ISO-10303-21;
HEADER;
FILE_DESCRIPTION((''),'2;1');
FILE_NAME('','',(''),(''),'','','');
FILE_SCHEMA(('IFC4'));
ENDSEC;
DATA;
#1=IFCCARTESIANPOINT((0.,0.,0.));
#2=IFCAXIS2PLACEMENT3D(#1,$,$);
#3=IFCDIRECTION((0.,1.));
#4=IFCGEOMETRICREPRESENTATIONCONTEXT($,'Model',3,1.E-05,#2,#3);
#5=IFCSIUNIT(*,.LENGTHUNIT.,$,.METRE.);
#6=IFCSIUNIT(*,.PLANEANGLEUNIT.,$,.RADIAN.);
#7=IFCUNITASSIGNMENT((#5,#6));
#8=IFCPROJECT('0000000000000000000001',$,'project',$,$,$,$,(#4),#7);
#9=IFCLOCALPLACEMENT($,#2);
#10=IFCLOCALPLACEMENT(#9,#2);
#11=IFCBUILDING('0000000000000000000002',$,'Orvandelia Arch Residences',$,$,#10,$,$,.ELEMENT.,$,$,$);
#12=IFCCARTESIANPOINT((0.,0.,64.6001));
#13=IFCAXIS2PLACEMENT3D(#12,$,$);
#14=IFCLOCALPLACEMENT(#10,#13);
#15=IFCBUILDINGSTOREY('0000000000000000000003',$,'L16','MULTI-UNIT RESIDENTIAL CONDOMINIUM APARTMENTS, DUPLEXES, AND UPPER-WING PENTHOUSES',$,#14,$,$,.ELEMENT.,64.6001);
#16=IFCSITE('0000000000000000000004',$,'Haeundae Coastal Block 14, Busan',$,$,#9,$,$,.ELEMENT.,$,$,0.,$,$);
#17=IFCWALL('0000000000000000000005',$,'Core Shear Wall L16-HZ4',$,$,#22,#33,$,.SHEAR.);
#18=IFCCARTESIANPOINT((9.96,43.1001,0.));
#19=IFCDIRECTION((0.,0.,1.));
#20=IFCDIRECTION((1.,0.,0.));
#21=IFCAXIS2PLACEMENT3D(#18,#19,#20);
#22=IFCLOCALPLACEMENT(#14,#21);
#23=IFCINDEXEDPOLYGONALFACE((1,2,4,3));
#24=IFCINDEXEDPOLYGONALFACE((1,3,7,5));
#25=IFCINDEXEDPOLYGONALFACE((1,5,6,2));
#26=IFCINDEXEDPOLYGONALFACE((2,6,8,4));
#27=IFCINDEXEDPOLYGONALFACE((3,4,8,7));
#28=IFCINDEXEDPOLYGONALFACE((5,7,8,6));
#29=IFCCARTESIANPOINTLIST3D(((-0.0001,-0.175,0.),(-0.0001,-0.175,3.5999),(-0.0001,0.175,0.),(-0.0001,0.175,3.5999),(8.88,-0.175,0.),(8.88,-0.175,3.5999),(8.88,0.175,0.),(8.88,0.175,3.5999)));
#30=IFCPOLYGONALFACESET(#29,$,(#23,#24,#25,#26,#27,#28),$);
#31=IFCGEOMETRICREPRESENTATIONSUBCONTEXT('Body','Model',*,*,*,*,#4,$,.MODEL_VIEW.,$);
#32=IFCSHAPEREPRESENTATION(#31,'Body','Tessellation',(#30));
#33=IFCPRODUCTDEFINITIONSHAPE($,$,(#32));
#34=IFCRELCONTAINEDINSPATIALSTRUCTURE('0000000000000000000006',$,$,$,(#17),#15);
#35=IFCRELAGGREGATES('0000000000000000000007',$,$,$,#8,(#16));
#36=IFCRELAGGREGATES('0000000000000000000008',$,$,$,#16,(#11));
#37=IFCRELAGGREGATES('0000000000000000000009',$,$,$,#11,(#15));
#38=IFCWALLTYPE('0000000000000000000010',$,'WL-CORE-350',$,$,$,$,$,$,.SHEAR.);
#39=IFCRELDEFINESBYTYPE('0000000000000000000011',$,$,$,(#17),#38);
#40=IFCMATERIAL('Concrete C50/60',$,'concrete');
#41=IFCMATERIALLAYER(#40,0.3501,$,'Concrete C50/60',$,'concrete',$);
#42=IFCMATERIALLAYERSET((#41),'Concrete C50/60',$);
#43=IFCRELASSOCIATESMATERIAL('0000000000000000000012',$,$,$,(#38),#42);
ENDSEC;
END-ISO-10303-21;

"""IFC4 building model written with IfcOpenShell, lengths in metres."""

from ifc_helpers import new_model, si_unit, direction, frame, frame_2d, origin, place, context, subcontext, project, spatial, rectangle, extrude, material, layer, layer_set, type_object, element, save


model = new_model("IFC4")

# Units and contexts
model_context = context("Model", 3, precision=1e-05, world=origin(), true_north=direction((0.0, 1.0)))
body_context = subcontext(model_context, "Body", "Model", "MODEL_VIEW")
ifc_project = project(units=[si_unit("LENGTHUNIT", "METRE"), si_unit("PLANEANGLEUNIT", "RADIAN")], contexts=[model_context])

# Site, building, storey
site_placement = place(None, origin())
site = spatial("IfcSite", under=ifc_project, at=site_placement, Name="Haeundae Coastal Block 14, Busan", CompositionType="ELEMENT", RefElevation=0.0)
building_placement = place(site_placement, origin())
building = spatial("IfcBuilding", under=site, at=building_placement, Name="Orvandelia Arch Residences", CompositionType="ELEMENT")
storey_placement = place(building_placement, frame((0.0, 0.0, 64.6001)))
storey = spatial("IfcBuildingStorey", under=building, at=storey_placement, Name="L16", Description="MULTI-UNIT RESIDENTIAL CONDOMINIUM APARTMENTS, DUPLEXES, AND UPPER-WING PENTHOUSES", CompositionType="ELEMENT", Elevation=64.6001)

# Wall
ifc_material_1 = material(Name="Concrete C50/60", Category="concrete")
ifc_layer_1 = layer(ifc_material_1, 0.3501, Name="Concrete C50/60", Category="concrete")
ifc_layer_set_1 = layer_set([ifc_layer_1], Name="Concrete C50/60")
wall_type_1 = type_object("IfcWallType", Name="WL-CORE-350", PredefinedType="SHEAR", material=ifc_layer_set_1)
wall_1_placement = place(storey_placement, frame((9.96, 43.1001, 0.0), z_axis=(0.0, 0.0, 1.0), x_axis=(1.0, 0.0, 0.0)))
element("IfcWall", 1, at=wall_1_placement, inside=storey, type_object=wall_type_1, Name="Core Shear Wall L16-HZ4", PredefinedType="SHEAR", context=body_context, shape_type="SweptSolid", body=[
    extrude(rectangle(XDim=8.8801, YDim=0.3501, at=frame_2d((4.4399, 0.0))), origin(), (0.0, 0.0, 1.0), 3.5999),
])

save(model, "model.ifc")
